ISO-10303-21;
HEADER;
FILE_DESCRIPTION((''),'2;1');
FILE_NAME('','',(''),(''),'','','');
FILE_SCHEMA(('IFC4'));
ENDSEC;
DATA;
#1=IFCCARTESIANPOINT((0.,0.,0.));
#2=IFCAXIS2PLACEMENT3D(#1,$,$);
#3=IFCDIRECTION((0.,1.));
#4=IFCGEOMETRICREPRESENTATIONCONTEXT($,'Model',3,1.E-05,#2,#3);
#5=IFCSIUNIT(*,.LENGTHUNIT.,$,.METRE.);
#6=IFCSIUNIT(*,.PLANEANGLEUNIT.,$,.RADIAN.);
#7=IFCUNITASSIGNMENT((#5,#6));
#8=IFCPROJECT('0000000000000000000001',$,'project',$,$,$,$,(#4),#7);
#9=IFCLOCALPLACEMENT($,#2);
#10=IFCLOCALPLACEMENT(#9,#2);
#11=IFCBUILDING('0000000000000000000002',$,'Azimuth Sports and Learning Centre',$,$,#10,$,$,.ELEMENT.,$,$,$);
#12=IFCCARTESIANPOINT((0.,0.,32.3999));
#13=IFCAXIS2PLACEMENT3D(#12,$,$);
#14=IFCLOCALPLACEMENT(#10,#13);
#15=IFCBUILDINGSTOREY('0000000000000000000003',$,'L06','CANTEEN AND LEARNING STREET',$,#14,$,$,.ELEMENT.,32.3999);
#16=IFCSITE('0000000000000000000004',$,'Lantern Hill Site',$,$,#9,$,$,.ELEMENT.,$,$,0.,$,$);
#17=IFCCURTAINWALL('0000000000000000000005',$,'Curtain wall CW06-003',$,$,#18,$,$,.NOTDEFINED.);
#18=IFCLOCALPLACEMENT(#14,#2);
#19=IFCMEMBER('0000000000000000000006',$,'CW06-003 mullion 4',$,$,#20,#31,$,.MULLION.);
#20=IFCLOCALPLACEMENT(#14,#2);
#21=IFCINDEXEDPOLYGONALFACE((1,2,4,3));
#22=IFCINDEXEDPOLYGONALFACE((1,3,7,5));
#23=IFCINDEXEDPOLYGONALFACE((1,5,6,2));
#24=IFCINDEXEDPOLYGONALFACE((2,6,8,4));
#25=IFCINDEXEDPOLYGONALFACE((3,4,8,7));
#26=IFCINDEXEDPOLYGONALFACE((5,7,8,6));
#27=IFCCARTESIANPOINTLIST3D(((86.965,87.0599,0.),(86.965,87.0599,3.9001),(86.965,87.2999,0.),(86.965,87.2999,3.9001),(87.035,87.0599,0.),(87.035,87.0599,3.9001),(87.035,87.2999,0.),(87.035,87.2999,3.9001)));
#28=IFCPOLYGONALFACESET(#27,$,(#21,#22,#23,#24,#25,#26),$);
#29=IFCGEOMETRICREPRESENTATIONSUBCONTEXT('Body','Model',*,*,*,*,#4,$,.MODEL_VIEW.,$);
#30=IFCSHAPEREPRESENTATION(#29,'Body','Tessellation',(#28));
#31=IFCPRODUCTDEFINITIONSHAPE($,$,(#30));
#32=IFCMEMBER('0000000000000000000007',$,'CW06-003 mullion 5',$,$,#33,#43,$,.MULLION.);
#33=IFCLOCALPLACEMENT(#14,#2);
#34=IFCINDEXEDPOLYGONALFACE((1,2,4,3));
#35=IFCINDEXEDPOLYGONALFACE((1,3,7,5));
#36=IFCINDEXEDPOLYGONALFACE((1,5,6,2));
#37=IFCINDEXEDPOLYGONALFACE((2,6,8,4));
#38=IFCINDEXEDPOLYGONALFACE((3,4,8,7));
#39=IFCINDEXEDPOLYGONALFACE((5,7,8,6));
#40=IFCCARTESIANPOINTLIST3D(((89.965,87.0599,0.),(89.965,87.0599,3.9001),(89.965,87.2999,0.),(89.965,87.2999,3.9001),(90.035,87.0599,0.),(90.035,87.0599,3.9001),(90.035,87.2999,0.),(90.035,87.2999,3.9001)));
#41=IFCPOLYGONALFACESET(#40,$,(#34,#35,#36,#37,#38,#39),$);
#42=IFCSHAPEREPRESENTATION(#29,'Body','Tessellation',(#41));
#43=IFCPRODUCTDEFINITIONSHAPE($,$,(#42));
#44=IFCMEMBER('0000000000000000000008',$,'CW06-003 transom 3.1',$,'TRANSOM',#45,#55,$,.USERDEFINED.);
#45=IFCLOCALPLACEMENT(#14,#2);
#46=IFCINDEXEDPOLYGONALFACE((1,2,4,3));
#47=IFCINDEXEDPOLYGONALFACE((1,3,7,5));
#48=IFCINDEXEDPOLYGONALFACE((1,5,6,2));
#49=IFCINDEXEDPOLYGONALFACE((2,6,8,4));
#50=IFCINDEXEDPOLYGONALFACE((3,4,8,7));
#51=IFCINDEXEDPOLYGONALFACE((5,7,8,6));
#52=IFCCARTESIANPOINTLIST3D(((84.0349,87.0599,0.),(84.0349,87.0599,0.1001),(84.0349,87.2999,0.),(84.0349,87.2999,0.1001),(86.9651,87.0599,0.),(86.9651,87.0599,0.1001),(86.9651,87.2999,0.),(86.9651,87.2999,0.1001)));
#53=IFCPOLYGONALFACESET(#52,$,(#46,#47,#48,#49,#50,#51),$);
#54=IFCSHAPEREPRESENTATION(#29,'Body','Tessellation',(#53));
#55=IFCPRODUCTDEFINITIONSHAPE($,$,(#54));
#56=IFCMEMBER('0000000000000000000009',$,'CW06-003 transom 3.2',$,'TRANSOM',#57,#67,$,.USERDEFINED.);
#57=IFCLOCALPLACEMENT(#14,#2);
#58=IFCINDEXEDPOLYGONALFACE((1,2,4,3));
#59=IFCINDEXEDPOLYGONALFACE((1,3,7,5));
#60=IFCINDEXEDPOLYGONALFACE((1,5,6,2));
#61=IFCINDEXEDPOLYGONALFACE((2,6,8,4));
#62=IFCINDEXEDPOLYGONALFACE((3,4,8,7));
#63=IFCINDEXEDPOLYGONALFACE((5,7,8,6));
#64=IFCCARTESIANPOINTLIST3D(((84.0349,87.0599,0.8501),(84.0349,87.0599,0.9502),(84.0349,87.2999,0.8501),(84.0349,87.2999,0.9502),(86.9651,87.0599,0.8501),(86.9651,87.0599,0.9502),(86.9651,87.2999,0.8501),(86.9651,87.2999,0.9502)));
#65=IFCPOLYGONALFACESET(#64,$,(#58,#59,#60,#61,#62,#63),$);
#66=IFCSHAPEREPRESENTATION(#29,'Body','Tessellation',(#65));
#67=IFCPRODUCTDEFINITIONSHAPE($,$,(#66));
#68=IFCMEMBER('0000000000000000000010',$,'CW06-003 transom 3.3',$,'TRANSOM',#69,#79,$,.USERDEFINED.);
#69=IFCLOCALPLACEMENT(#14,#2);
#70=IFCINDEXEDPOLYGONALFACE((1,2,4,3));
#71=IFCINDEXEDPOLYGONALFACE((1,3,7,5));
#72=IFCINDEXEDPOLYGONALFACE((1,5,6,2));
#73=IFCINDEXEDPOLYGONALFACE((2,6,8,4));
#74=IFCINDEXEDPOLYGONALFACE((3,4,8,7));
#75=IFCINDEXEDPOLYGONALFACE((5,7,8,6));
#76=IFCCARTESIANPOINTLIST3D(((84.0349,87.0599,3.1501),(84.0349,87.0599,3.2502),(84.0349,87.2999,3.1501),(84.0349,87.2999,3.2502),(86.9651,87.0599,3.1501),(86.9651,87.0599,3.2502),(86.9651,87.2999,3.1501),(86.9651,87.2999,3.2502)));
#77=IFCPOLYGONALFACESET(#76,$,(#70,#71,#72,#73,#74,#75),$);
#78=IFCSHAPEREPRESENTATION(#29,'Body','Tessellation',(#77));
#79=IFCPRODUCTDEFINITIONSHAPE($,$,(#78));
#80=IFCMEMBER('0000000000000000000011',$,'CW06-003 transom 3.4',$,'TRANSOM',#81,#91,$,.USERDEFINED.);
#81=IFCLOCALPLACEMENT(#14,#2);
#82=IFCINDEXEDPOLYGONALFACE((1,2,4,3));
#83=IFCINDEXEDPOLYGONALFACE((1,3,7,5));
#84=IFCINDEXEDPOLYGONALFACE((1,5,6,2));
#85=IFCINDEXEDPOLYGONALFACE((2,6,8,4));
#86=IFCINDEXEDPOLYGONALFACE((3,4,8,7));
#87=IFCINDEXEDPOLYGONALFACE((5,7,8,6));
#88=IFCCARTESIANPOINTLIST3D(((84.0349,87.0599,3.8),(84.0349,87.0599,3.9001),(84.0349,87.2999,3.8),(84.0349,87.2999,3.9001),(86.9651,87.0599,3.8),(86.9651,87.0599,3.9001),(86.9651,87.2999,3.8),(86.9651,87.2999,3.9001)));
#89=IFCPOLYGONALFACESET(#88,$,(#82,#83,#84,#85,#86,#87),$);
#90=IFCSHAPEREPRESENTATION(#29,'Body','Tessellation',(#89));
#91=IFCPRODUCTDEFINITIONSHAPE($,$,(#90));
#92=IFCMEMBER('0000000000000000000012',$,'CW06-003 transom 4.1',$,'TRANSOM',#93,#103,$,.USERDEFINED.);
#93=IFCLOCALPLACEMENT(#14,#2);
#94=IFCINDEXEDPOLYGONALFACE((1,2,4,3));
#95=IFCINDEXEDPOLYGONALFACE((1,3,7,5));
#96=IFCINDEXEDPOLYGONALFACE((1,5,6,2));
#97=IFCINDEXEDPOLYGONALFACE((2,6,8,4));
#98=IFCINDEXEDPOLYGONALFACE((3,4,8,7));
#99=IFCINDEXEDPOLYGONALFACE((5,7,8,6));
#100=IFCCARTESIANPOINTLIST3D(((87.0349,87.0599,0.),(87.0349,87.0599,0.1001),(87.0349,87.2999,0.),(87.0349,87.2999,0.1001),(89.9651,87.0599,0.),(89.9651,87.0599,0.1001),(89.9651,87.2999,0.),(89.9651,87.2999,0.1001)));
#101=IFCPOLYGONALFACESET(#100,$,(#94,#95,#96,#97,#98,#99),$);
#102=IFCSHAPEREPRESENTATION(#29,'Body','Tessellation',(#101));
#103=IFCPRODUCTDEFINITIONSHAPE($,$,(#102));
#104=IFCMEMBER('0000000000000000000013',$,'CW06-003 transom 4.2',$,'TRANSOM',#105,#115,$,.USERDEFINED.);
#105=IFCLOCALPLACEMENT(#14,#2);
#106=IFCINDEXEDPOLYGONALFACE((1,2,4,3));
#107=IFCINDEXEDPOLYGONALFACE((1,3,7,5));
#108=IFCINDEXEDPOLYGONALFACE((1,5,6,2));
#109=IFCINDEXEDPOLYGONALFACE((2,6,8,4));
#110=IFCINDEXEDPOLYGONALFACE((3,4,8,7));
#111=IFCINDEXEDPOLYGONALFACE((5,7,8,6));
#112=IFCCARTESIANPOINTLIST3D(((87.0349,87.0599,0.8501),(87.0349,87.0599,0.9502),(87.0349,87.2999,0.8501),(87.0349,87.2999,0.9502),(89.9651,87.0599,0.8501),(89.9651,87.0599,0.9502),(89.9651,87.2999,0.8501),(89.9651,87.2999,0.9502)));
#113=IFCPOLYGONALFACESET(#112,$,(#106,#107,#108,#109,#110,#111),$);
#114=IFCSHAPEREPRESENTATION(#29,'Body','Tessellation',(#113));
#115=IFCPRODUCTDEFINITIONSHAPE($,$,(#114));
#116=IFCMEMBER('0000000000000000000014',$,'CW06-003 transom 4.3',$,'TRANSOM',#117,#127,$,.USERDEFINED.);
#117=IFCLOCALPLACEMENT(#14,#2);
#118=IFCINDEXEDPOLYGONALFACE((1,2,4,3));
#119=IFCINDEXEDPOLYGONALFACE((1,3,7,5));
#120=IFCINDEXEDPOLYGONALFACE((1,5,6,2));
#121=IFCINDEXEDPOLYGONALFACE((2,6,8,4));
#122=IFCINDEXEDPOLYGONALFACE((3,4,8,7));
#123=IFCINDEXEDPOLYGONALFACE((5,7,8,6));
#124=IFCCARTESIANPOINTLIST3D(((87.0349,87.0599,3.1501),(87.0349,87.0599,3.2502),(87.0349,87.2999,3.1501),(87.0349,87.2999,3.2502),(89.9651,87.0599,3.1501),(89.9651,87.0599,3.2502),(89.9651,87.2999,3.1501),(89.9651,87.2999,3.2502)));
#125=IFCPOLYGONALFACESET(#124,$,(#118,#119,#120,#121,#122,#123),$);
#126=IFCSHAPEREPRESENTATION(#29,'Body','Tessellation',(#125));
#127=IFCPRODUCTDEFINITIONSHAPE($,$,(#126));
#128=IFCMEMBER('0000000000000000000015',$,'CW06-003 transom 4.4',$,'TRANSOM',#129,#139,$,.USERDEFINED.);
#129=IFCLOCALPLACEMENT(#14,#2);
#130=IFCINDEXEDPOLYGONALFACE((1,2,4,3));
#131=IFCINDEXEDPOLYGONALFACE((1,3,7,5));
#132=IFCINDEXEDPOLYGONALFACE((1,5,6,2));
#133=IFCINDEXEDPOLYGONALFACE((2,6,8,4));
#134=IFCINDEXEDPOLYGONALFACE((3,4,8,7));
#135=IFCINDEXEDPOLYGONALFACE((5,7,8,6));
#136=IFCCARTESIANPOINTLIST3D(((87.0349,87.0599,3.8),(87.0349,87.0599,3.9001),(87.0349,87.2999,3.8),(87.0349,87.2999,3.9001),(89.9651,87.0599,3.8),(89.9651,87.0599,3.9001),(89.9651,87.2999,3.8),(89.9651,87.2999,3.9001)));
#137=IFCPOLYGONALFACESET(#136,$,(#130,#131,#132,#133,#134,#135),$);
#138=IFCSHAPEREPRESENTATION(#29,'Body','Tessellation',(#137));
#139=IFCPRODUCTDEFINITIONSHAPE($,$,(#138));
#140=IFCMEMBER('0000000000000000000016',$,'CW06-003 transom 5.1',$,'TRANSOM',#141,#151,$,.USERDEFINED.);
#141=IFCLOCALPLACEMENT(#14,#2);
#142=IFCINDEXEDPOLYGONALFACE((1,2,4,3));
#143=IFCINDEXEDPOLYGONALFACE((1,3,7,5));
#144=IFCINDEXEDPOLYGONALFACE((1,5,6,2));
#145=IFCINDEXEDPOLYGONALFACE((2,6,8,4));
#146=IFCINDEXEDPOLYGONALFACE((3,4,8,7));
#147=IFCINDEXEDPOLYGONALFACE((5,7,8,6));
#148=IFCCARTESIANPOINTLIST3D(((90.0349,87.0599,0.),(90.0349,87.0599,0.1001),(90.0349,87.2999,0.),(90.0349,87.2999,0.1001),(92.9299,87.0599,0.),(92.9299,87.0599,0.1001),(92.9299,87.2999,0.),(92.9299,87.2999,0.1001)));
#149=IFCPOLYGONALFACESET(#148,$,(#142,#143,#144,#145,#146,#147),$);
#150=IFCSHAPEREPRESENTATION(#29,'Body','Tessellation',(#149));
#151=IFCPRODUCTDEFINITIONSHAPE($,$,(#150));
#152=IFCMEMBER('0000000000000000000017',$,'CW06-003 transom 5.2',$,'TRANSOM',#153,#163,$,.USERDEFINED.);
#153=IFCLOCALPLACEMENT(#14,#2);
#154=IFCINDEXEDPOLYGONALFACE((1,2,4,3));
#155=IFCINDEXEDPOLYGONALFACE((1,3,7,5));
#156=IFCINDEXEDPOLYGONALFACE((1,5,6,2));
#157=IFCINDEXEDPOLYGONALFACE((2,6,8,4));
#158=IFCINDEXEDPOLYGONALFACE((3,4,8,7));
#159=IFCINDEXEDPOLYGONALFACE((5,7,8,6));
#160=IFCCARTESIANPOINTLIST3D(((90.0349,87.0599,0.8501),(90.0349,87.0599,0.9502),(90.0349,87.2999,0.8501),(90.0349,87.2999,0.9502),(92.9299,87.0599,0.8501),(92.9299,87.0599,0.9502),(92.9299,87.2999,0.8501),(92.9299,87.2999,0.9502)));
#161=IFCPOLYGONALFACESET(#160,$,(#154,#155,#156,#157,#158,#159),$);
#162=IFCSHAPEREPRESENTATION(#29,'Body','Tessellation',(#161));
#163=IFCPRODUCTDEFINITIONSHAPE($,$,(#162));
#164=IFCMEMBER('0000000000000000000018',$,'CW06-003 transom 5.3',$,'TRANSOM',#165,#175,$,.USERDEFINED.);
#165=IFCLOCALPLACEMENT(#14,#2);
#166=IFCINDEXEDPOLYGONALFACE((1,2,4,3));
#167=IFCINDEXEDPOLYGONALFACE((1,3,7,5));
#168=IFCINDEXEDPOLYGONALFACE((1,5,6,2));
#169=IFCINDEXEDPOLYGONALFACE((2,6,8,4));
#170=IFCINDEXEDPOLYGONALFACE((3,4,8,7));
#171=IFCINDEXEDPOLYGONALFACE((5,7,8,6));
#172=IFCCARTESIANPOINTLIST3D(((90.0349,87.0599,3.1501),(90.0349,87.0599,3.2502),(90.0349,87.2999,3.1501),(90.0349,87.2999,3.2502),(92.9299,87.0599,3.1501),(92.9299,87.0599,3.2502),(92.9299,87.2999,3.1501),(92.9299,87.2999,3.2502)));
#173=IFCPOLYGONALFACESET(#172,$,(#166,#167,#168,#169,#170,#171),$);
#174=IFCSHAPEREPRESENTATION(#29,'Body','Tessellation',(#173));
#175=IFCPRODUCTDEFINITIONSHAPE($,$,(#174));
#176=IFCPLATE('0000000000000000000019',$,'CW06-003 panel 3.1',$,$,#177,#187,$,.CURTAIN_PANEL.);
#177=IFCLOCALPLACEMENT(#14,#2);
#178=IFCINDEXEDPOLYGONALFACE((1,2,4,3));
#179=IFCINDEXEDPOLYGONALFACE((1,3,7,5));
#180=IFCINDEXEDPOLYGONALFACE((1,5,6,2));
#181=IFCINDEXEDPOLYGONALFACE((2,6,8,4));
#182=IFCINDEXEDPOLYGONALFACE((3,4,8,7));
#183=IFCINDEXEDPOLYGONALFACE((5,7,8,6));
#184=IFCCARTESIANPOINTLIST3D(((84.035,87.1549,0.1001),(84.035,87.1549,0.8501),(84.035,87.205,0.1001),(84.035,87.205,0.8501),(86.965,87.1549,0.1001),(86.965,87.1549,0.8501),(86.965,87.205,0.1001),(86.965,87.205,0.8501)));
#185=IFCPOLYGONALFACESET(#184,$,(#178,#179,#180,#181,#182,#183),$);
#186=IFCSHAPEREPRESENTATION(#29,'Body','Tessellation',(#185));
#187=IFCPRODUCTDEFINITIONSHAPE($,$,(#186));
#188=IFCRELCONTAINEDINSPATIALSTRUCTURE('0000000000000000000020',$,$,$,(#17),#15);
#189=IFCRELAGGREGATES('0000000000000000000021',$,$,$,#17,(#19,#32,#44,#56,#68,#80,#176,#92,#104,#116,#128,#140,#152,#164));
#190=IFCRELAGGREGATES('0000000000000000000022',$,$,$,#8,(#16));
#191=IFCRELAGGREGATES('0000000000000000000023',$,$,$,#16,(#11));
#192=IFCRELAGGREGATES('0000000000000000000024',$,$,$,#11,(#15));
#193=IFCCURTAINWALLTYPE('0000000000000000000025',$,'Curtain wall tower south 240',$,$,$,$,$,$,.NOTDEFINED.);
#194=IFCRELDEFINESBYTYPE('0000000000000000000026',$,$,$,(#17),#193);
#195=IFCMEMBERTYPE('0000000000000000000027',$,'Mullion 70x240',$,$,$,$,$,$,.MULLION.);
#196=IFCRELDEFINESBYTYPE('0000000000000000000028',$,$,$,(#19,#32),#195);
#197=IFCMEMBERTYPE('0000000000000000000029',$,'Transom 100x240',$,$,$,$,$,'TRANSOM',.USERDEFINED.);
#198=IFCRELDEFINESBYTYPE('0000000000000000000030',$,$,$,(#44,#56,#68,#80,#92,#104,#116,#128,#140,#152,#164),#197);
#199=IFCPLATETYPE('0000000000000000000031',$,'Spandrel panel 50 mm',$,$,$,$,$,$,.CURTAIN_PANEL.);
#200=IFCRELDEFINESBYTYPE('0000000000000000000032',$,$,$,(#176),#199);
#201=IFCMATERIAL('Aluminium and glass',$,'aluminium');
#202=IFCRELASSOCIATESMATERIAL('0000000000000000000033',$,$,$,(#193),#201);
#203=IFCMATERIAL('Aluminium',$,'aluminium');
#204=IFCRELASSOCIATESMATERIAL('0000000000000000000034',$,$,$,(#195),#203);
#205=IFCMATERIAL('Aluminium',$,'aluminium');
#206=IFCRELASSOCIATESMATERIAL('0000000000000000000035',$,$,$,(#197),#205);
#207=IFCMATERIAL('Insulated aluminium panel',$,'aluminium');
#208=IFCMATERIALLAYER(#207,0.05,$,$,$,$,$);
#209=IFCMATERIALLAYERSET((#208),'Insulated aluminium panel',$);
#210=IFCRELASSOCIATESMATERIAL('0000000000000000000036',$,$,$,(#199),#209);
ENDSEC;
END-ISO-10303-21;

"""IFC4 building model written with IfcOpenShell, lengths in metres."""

from ifc_helpers import new_model, si_unit, direction, frame, origin, origin_2d, place, context, subcontext, project, spatial, rectangle, extrude, material, layer, layer_set, material_profile, profile_set, type_object, element, aggregate, save


model = new_model("IFC4")

# Units and contexts
model_context = context("Model", 3, precision=1e-05, world=origin(), true_north=direction((0.0, 1.0)))
body_context = subcontext(model_context, "Body", "Model", "MODEL_VIEW")
ifc_project = project(units=[si_unit("LENGTHUNIT", "METRE"), si_unit("PLANEANGLEUNIT", "RADIAN")], contexts=[model_context])

# Site, building, storey
site_placement = place(None, origin())
site = spatial("IfcSite", under=ifc_project, at=site_placement, Name="Lantern Hill Site", CompositionType="ELEMENT", RefElevation=0.0)
building_placement = place(site_placement, origin())
building = spatial("IfcBuilding", under=site, at=building_placement, Name="Azimuth Sports and Learning Centre", CompositionType="ELEMENT")
storey_placement = place(building_placement, frame((0.0, 0.0, 32.3999)))
storey = spatial("IfcBuildingStorey", under=building, at=storey_placement, Name="L06", Description="CANTEEN AND LEARNING STREET", CompositionType="ELEMENT", Elevation=32.3999)

# Curtain wall, members, plate
ifc_material_1 = material(Name="Aluminium and glass", Category="aluminium")
curtain_wall_type = type_object("IfcCurtainWallType", Name="Curtain wall tower south 240", PredefinedType="NOTDEFINED", material=ifc_material_1)
curtain_wall_placement = place(storey_placement, origin())
curtain_wall = element("IfcCurtainWall", 1, at=curtain_wall_placement, inside=storey, type_object=curtain_wall_type, Name="Curtain wall CW06-003", PredefinedType="NOTDEFINED")
ifc_material_2 = material(Name="Aluminium", Category="aluminium")
ifc_material_profile_1 = material_profile(ifc_material_2, rectangle(XDim=0.24, YDim=0.0701, at=origin_2d()), Name="Mullion 70x240")
ifc_profile_set_1 = profile_set([ifc_material_profile_1], Name="Aluminium")
member_type_1 = type_object("IfcMemberType", Name="Mullion 70x240", PredefinedType="MULLION", material=ifc_profile_set_1)
member_1_placement = place(storey_placement, frame((87.0, 87.1799, 0.0), z_axis=(0.0, 0.0, 1.0), x_axis=(0.0, 1.0, 0.0)))
member_1 = element("IfcMember", 2, at=member_1_placement, type_object=member_type_1, Name="CW06-003 mullion 4", PredefinedType="MULLION", context=body_context, shape_type="SweptSolid", body=[
    extrude(rectangle(XDim=0.24, YDim=0.0701, at=origin_2d()), origin(), (0.0, 0.0, 1.0), 3.9001),
])
member_2_placement = place(storey_placement, frame((90.0, 87.1799, 0.0), z_axis=(0.0, 0.0, 1.0), x_axis=(0.0, 1.0, 0.0)))
member_2 = element("IfcMember", 3, at=member_2_placement, type_object=member_type_1, Name="CW06-003 mullion 5", PredefinedType="MULLION", context=body_context, shape_type="SweptSolid", body=[
    extrude(rectangle(XDim=0.24, YDim=0.0701, at=origin_2d()), origin(), (0.0, 0.0, 1.0), 3.9001),
])
ifc_material_3 = material(Name="Aluminium", Category="aluminium")
ifc_material_profile_2 = material_profile(ifc_material_3, rectangle(XDim=0.24, YDim=0.1001, at=origin_2d()), Name="Transom 100x240")
ifc_profile_set_2 = profile_set([ifc_material_profile_2], Name="Aluminium")
member_type_2 = type_object("IfcMemberType", Name="Transom 100x240", ElementType="TRANSOM", PredefinedType="USERDEFINED", material=ifc_profile_set_2)
member_3_placement = place(storey_placement, frame((84.0349, 87.1799, 0.05), z_axis=(1.0, 0.0, 0.0), x_axis=(0.0, 1.0, 0.0)))
member_3 = element("IfcMember", 4, at=member_3_placement, type_object=member_type_2, Name="CW06-003 transom 3.1", ObjectType="TRANSOM", PredefinedType="USERDEFINED", context=body_context, shape_type="SweptSolid", body=[
    extrude(rectangle(XDim=0.24, YDim=0.1001, at=origin_2d()), origin(), (0.0, 0.0, 1.0), 2.9302),
])
member_4_placement = place(storey_placement, frame((84.0349, 87.1799, 0.9001), z_axis=(1.0, 0.0, 0.0), x_axis=(0.0, 1.0, 0.0)))
member_4 = element("IfcMember", 5, at=member_4_placement, type_object=member_type_2, Name="CW06-003 transom 3.2", ObjectType="TRANSOM", PredefinedType="USERDEFINED", context=body_context, shape_type="SweptSolid", body=[
    extrude(rectangle(XDim=0.24, YDim=0.1001, at=origin_2d()), origin(), (0.0, 0.0, 1.0), 2.9302),
])
member_5_placement = place(storey_placement, frame((84.0349, 87.1799, 3.2002), z_axis=(1.0, 0.0, 0.0), x_axis=(0.0, 1.0, 0.0)))
member_5 = element("IfcMember", 6, at=member_5_placement, type_object=member_type_2, Name="CW06-003 transom 3.3", ObjectType="TRANSOM", PredefinedType="USERDEFINED", context=body_context, shape_type="SweptSolid", body=[
    extrude(rectangle(XDim=0.24, YDim=0.1001, at=origin_2d()), origin(), (0.0, 0.0, 1.0), 2.9302),
])
member_6_placement = place(storey_placement, frame((84.0349, 87.1799, 3.8501), z_axis=(1.0, 0.0, 0.0), x_axis=(0.0, 1.0, 0.0)))
member_6 = element("IfcMember", 7, at=member_6_placement, type_object=member_type_2, Name="CW06-003 transom 3.4", ObjectType="TRANSOM", PredefinedType="USERDEFINED", context=body_context, shape_type="SweptSolid", body=[
    extrude(rectangle(XDim=0.24, YDim=0.1001, at=origin_2d()), origin(), (0.0, 0.0, 1.0), 2.9302),
])
member_7_placement = place(storey_placement, frame((87.0349, 87.1799, 0.05), z_axis=(1.0, 0.0, 0.0), x_axis=(0.0, 1.0, 0.0)))
member_7 = element("IfcMember", 8, at=member_7_placement, type_object=member_type_2, Name="CW06-003 transom 4.1", ObjectType="TRANSOM", PredefinedType="USERDEFINED", context=body_context, shape_type="SweptSolid", body=[
    extrude(rectangle(XDim=0.24, YDim=0.1001, at=origin_2d()), origin(), (0.0, 0.0, 1.0), 2.9302),
])
member_8_placement = place(storey_placement, frame((87.0349, 87.1799, 0.9001), z_axis=(1.0, 0.0, 0.0), x_axis=(0.0, 1.0, 0.0)))
member_8 = element("IfcMember", 9, at=member_8_placement, type_object=member_type_2, Name="CW06-003 transom 4.2", ObjectType="TRANSOM", PredefinedType="USERDEFINED", context=body_context, shape_type="SweptSolid", body=[
    extrude(rectangle(XDim=0.24, YDim=0.1001, at=origin_2d()), origin(), (0.0, 0.0, 1.0), 2.9302),
])
member_9_placement = place(storey_placement, frame((87.0349, 87.1799, 3.2002), z_axis=(1.0, 0.0, 0.0), x_axis=(0.0, 1.0, 0.0)))
member_9 = element("IfcMember", 10, at=member_9_placement, type_object=member_type_2, Name="CW06-003 transom 4.3", ObjectType="TRANSOM", PredefinedType="USERDEFINED", context=body_context, shape_type="SweptSolid", body=[
    extrude(rectangle(XDim=0.24, YDim=0.1001, at=origin_2d()), origin(), (0.0, 0.0, 1.0), 2.9302),
])
member_10_placement = place(storey_placement, frame((87.0349, 87.1799, 3.8501), z_axis=(1.0, 0.0, 0.0), x_axis=(0.0, 1.0, 0.0)))
member_10 = element("IfcMember", 11, at=member_10_placement, type_object=member_type_2, Name="CW06-003 transom 4.4", ObjectType="TRANSOM", PredefinedType="USERDEFINED", context=body_context, shape_type="SweptSolid", body=[
    extrude(rectangle(XDim=0.24, YDim=0.1001, at=origin_2d()), origin(), (0.0, 0.0, 1.0), 2.9302),
])
member_11_placement = place(storey_placement, frame((90.0349, 87.1799, 0.05), z_axis=(1.0, 0.0, 0.0), x_axis=(0.0, 1.0, 0.0)))
member_11 = element("IfcMember", 12, at=member_11_placement, type_object=member_type_2, Name="CW06-003 transom 5.1", ObjectType="TRANSOM", PredefinedType="USERDEFINED", context=body_context, shape_type="SweptSolid", body=[
    extrude(rectangle(XDim=0.24, YDim=0.1001, at=origin_2d()), origin(), (0.0, 0.0, 1.0), 2.895),
])
member_12_placement = place(storey_placement, frame((90.0349, 87.1799, 0.9001), z_axis=(1.0, 0.0, 0.0), x_axis=(0.0, 1.0, 0.0)))
member_12 = element("IfcMember", 13, at=member_12_placement, type_object=member_type_2, Name="CW06-003 transom 5.2", ObjectType="TRANSOM", PredefinedType="USERDEFINED", context=body_context, shape_type="SweptSolid", body=[
    extrude(rectangle(XDim=0.24, YDim=0.1001, at=origin_2d()), origin(), (0.0, 0.0, 1.0), 2.895),
])
member_13_placement = place(storey_placement, frame((90.0349, 87.1799, 3.2002), z_axis=(1.0, 0.0, 0.0), x_axis=(0.0, 1.0, 0.0)))
member_13 = element("IfcMember", 14, at=member_13_placement, type_object=member_type_2, Name="CW06-003 transom 5.3", ObjectType="TRANSOM", PredefinedType="USERDEFINED", context=body_context, shape_type="SweptSolid", body=[
    extrude(rectangle(XDim=0.24, YDim=0.1001, at=origin_2d()), origin(), (0.0, 0.0, 1.0), 2.895),
])
ifc_material_4 = material(Name="Insulated aluminium panel", Category="aluminium")
ifc_layer_1 = layer(ifc_material_4, 0.05)
ifc_layer_set_1 = layer_set([ifc_layer_1], Name="Insulated aluminium panel")
plate_type_1 = type_object("IfcPlateType", Name="Spandrel panel 50 mm", PredefinedType="CURTAIN_PANEL", material=ifc_layer_set_1)
plate_1_placement = place(storey_placement, frame((85.5, 87.1799, 0.1001), z_axis=(0.0, 0.0, 1.0), x_axis=(1.0, 0.0, 0.0)))
plate_1 = element("IfcPlate", 15, at=plate_1_placement, type_object=plate_type_1, Name="CW06-003 panel 3.1", PredefinedType="CURTAIN_PANEL", context=body_context, shape_type="SweptSolid", body=[
    extrude(rectangle(XDim=2.9299, YDim=0.05, at=origin_2d()), origin(), (0.0, 0.0, 1.0), 0.75),
])
aggregate(curtain_wall, [member_1, member_2, member_3, member_4, member_5, member_6, plate_1, member_7, member_8, member_9, member_10, member_11, member_12, member_13])

save(model, "model.ifc")
